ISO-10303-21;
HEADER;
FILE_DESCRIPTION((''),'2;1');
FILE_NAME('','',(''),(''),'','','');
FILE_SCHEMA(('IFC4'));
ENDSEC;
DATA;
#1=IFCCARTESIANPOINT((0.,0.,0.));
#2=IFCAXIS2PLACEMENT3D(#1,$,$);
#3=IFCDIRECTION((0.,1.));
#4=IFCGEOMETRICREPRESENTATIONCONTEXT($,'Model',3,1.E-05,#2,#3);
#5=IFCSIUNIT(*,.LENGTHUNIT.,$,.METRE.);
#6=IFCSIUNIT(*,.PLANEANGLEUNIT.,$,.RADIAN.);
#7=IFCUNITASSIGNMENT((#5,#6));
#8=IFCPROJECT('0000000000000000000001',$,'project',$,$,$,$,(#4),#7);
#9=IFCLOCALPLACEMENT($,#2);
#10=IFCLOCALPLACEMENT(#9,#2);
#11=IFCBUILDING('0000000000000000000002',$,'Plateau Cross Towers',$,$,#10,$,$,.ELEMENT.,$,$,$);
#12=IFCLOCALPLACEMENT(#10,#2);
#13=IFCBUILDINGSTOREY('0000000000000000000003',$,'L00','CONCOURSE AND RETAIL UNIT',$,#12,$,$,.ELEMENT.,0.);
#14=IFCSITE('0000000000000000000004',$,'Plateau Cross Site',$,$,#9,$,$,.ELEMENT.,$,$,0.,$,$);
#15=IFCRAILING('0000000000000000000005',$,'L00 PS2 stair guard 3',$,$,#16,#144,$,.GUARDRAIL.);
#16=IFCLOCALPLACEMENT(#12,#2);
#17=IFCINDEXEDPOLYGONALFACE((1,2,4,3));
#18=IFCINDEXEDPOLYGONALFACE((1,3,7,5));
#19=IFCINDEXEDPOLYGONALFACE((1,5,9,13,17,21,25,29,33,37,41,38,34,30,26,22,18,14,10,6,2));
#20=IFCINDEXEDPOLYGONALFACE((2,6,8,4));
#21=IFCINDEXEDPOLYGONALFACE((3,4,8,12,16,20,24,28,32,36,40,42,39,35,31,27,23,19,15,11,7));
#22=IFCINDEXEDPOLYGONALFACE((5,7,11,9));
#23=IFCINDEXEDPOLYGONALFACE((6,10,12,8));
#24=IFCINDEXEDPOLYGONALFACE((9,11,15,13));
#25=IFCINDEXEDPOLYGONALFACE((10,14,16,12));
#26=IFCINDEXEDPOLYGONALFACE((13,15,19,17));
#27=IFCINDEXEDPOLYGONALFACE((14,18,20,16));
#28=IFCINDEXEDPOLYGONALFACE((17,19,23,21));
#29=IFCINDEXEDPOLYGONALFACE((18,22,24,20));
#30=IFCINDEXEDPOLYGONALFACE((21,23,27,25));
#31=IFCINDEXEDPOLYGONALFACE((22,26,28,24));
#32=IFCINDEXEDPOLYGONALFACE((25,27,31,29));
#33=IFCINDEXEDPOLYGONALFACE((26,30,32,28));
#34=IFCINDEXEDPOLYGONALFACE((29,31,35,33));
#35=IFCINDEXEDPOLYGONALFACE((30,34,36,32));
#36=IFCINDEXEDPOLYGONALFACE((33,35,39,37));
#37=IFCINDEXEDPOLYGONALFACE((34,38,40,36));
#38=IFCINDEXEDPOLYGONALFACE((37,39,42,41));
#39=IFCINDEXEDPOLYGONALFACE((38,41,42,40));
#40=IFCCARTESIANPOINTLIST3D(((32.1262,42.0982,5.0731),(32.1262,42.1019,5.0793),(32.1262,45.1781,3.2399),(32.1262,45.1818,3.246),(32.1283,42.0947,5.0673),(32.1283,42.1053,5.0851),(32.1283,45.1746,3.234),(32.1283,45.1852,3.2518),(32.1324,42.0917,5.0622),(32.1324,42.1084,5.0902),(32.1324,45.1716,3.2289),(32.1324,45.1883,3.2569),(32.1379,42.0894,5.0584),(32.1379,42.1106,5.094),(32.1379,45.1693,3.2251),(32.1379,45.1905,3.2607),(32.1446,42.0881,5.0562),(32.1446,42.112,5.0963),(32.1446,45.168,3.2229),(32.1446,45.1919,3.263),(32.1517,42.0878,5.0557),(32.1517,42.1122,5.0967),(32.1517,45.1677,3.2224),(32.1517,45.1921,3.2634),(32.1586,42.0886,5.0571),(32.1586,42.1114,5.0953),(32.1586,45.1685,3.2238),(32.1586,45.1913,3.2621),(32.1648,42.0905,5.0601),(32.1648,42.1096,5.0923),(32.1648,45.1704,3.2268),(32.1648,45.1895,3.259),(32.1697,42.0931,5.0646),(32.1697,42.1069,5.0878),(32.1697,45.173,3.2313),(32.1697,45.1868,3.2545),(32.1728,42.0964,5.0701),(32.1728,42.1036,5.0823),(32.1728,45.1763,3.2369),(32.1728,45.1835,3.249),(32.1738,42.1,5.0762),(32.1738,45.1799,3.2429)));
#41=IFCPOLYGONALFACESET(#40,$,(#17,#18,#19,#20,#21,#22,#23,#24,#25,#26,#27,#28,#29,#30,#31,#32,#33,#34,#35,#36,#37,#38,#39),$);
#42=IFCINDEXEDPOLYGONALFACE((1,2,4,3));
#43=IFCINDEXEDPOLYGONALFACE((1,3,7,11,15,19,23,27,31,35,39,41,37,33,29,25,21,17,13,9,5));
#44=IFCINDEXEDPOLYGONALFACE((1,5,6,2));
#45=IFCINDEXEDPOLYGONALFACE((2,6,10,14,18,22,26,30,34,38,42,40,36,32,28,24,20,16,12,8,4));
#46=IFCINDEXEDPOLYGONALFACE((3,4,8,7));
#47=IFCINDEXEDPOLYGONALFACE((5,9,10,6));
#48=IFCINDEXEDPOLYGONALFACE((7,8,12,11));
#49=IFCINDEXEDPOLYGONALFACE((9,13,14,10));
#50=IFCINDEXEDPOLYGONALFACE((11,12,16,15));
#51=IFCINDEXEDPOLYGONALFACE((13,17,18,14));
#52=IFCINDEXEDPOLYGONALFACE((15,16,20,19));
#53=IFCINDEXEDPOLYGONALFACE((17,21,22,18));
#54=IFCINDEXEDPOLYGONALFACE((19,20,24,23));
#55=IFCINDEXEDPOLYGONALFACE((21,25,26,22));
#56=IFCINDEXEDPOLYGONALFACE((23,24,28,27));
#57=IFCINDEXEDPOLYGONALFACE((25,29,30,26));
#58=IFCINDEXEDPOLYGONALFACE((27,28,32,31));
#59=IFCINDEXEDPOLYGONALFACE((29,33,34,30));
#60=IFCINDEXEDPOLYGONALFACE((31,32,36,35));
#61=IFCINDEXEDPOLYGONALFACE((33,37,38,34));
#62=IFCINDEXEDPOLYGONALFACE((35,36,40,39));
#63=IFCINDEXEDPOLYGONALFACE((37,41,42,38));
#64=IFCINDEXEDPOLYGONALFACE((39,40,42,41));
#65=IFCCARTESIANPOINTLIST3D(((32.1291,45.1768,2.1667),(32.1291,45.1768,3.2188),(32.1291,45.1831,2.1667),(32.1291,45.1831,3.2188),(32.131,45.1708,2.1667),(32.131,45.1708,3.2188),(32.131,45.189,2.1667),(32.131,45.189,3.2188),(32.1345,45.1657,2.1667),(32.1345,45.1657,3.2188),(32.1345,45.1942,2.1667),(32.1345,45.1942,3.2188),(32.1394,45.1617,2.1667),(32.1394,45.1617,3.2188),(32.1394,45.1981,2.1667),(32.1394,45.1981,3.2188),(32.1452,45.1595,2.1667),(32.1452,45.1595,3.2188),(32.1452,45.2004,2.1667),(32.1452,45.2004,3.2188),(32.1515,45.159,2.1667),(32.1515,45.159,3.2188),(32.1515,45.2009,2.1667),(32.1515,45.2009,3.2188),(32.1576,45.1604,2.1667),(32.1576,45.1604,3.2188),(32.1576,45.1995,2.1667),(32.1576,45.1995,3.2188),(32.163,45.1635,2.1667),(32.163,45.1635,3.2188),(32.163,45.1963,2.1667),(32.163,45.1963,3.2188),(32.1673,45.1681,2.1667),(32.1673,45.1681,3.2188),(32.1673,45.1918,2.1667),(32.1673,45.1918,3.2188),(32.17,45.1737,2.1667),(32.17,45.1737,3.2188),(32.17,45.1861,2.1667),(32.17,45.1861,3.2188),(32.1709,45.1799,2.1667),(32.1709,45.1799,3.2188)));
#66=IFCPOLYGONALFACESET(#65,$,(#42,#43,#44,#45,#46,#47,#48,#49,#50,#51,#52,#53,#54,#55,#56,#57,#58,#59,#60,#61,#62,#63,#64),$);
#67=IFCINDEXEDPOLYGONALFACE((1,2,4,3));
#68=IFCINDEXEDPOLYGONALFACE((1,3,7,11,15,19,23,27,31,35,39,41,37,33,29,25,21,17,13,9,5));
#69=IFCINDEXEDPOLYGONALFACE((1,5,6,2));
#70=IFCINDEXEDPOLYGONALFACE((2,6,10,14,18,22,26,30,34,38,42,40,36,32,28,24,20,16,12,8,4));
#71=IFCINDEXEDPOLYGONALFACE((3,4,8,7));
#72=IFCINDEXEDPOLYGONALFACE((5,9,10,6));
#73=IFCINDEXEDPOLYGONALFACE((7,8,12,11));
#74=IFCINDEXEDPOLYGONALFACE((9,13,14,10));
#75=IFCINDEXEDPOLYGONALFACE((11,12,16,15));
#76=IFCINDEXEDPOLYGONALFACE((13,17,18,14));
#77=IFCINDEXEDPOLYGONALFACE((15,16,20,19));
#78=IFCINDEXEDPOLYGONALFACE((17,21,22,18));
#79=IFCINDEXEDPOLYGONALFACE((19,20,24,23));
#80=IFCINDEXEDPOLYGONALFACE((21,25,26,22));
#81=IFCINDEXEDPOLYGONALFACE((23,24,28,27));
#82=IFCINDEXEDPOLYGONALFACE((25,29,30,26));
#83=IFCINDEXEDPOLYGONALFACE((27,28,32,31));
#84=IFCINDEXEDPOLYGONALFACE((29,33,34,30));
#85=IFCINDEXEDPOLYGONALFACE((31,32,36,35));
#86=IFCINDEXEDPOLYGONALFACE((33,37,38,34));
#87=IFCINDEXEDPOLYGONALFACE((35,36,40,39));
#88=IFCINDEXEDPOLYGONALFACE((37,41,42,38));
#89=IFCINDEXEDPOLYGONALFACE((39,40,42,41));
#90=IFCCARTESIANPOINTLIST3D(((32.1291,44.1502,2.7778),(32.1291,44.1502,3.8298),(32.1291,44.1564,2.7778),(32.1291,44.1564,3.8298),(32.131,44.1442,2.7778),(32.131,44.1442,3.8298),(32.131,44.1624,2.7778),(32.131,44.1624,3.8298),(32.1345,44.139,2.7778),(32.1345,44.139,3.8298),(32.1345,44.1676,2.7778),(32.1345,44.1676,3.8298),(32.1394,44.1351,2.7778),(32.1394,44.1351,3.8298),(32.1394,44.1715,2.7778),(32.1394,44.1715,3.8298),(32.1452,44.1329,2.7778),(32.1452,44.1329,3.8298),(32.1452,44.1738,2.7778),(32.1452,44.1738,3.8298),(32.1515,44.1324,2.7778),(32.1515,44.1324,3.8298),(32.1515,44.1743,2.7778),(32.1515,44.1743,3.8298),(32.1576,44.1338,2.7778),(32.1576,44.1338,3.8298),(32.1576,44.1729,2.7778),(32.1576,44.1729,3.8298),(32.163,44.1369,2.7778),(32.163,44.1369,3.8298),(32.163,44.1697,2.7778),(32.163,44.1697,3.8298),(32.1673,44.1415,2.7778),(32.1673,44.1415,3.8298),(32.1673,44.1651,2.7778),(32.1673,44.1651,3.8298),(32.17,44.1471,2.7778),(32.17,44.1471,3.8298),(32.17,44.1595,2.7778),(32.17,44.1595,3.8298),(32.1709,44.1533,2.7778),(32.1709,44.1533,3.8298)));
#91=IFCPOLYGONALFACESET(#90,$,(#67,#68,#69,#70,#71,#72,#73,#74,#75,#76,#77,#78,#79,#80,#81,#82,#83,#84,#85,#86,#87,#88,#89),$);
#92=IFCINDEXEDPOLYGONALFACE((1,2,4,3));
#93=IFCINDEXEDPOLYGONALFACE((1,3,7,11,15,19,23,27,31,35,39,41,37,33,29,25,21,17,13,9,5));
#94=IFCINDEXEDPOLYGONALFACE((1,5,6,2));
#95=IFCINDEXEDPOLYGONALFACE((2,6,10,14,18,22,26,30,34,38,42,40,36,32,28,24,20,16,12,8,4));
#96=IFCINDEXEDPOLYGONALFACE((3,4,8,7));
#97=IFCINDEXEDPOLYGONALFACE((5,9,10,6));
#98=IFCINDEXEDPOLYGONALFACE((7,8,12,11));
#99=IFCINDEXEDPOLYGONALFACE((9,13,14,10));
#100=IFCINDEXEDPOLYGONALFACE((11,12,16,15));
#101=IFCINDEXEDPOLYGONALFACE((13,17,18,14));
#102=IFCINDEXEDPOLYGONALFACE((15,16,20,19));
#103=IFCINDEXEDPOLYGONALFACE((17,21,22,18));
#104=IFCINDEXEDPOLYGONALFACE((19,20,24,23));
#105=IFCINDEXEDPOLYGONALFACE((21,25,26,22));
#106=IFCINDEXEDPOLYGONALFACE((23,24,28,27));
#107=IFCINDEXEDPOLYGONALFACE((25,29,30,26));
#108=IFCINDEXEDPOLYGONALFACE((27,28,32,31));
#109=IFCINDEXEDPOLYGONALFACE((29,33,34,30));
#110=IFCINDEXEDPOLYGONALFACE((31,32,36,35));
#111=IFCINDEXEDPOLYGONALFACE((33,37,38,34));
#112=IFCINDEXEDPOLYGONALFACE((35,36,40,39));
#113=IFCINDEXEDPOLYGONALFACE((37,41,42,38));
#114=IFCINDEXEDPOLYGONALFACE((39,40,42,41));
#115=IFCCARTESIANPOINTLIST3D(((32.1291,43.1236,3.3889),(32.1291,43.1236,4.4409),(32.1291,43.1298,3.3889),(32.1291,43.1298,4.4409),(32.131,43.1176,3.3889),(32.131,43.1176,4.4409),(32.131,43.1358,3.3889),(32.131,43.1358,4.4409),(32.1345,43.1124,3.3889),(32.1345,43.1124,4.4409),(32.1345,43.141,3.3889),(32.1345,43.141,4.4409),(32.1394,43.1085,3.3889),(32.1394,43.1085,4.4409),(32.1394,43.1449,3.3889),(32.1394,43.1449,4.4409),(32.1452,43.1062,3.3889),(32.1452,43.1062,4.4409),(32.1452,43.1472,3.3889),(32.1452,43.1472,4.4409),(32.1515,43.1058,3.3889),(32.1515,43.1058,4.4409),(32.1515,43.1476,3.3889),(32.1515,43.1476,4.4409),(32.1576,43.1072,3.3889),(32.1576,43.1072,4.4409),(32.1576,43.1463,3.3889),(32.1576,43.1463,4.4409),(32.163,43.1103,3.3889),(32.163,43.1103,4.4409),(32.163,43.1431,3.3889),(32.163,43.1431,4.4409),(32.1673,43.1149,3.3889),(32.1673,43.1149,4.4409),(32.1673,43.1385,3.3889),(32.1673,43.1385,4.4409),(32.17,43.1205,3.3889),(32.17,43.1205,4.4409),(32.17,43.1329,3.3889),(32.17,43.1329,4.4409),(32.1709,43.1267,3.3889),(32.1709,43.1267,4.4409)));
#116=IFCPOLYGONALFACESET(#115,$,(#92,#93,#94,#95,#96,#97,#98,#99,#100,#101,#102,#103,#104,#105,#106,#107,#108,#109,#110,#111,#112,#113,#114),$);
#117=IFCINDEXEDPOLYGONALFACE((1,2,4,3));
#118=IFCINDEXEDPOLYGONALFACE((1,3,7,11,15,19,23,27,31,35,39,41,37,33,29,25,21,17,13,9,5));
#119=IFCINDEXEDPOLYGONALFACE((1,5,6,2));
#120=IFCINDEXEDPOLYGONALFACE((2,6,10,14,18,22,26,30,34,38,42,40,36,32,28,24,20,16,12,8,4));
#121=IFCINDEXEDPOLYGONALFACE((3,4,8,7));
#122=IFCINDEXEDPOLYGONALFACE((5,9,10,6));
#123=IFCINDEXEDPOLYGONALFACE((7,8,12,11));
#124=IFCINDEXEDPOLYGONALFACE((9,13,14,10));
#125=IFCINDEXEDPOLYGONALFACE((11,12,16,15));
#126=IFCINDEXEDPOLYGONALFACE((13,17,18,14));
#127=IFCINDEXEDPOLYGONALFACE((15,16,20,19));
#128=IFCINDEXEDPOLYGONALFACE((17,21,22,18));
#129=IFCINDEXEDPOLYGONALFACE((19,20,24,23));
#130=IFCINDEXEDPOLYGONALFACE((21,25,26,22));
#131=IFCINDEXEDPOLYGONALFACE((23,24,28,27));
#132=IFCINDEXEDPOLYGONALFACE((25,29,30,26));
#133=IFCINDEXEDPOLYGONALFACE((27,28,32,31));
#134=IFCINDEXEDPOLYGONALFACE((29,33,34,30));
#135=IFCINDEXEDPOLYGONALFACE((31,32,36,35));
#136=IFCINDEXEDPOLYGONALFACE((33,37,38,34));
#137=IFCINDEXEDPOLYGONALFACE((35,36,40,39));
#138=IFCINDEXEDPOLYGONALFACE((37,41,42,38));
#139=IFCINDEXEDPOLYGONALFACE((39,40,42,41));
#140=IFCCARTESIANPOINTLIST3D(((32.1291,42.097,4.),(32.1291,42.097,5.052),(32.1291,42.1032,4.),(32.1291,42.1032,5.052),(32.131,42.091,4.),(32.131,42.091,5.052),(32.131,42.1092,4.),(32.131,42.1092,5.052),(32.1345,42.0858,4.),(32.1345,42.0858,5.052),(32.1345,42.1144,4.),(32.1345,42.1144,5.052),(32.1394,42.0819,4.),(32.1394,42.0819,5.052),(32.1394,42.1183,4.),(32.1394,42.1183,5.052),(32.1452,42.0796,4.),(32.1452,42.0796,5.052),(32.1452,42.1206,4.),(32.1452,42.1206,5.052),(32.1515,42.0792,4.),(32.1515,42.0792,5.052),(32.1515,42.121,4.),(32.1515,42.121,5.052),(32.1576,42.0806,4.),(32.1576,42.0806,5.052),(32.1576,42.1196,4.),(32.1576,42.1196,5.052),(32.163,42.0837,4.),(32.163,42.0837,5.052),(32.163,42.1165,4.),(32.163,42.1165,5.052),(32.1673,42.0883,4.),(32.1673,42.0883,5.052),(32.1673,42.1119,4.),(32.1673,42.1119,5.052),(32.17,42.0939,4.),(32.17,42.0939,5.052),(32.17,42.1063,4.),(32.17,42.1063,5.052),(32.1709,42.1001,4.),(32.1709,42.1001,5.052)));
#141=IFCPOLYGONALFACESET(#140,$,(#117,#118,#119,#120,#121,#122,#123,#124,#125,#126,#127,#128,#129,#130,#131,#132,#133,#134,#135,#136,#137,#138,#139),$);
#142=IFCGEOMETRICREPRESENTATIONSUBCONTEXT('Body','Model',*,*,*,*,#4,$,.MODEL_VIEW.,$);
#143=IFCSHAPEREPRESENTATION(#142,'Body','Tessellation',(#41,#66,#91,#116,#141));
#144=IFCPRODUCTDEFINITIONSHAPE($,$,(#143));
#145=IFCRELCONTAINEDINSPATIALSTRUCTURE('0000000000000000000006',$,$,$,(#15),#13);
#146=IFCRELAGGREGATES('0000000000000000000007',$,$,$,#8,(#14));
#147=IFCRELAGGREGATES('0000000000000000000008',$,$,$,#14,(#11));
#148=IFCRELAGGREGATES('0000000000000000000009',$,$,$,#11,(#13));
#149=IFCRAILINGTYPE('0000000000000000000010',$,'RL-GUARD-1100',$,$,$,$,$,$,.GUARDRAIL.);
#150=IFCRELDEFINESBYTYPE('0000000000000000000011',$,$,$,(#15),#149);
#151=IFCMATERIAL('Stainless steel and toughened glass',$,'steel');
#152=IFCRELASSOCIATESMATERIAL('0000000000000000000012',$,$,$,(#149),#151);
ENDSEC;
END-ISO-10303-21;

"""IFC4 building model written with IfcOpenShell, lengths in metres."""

from ifc_helpers import new_model, si_unit, direction, frame, origin, origin_2d, place, context, subcontext, project, spatial, circle, extrude, material, type_object, element, save


model = new_model("IFC4")

# Units and contexts
model_context = context("Model", 3, precision=1e-05, world=origin(), true_north=direction((0.0, 1.0)))
body_context = subcontext(model_context, "Body", "Model", "MODEL_VIEW")
ifc_project = project(units=[si_unit("LENGTHUNIT", "METRE"), si_unit("PLANEANGLEUNIT", "RADIAN")], contexts=[model_context])

# Site, building, storey
site_placement = place(None, origin())
site = spatial("IfcSite", under=ifc_project, at=site_placement, Name="Plateau Cross Site", CompositionType="ELEMENT", RefElevation=0.0)
building_placement = place(site_placement, origin())
building = spatial("IfcBuilding", under=site, at=building_placement, Name="Plateau Cross Towers", CompositionType="ELEMENT")
storey_placement = place(building_placement, origin())
storey = spatial("IfcBuildingStorey", under=building, at=storey_placement, Name="L00", Description="CONCOURSE AND RETAIL UNIT", CompositionType="ELEMENT", Elevation=0.0)

# Railing
ifc_material_1 = material(Name="Stainless steel and toughened glass", Category="steel")
railing_type_1 = type_object("IfcRailingType", Name="RL-GUARD-1100", PredefinedType="GUARDRAIL", material=ifc_material_1)
railing_1_placement = place(storey_placement, frame((32.1499, 45.1799, 2.1667)))
element("IfcRailing", 1, at=railing_1_placement, inside=storey, type_object=railing_type_1, Name="L00 PS2 stair guard 3", PredefinedType="GUARDRAIL", context=body_context, shape_type="SweptSolid", body=[
    extrude(circle(Radius=0.0239, at=origin_2d()), frame((0.0, 0.0, 1.0762), z_axis=(0.0, -0.859291, 0.511487), x_axis=(1.0, 0.0, 0.0)), (0.0, 0.0, 1.0), 3.5842),
    extrude(circle(Radius=0.021, at=origin_2d()), origin(), (0.0, 0.0, 1.0), 1.052),
    extrude(circle(Radius=0.021, at=origin_2d()), frame((0.0, -1.0266, 0.6111)), (0.0, 0.0, 1.0), 1.052),
    extrude(circle(Radius=0.021, at=origin_2d()), frame((0.0, -2.0532, 1.2222)), (0.0, 0.0, 1.0), 1.052),
    extrude(circle(Radius=0.021, at=origin_2d()), frame((0.0, -3.0798, 1.8333)), (0.0, 0.0, 1.0), 1.052),
])

save(model, "model.ifc")
